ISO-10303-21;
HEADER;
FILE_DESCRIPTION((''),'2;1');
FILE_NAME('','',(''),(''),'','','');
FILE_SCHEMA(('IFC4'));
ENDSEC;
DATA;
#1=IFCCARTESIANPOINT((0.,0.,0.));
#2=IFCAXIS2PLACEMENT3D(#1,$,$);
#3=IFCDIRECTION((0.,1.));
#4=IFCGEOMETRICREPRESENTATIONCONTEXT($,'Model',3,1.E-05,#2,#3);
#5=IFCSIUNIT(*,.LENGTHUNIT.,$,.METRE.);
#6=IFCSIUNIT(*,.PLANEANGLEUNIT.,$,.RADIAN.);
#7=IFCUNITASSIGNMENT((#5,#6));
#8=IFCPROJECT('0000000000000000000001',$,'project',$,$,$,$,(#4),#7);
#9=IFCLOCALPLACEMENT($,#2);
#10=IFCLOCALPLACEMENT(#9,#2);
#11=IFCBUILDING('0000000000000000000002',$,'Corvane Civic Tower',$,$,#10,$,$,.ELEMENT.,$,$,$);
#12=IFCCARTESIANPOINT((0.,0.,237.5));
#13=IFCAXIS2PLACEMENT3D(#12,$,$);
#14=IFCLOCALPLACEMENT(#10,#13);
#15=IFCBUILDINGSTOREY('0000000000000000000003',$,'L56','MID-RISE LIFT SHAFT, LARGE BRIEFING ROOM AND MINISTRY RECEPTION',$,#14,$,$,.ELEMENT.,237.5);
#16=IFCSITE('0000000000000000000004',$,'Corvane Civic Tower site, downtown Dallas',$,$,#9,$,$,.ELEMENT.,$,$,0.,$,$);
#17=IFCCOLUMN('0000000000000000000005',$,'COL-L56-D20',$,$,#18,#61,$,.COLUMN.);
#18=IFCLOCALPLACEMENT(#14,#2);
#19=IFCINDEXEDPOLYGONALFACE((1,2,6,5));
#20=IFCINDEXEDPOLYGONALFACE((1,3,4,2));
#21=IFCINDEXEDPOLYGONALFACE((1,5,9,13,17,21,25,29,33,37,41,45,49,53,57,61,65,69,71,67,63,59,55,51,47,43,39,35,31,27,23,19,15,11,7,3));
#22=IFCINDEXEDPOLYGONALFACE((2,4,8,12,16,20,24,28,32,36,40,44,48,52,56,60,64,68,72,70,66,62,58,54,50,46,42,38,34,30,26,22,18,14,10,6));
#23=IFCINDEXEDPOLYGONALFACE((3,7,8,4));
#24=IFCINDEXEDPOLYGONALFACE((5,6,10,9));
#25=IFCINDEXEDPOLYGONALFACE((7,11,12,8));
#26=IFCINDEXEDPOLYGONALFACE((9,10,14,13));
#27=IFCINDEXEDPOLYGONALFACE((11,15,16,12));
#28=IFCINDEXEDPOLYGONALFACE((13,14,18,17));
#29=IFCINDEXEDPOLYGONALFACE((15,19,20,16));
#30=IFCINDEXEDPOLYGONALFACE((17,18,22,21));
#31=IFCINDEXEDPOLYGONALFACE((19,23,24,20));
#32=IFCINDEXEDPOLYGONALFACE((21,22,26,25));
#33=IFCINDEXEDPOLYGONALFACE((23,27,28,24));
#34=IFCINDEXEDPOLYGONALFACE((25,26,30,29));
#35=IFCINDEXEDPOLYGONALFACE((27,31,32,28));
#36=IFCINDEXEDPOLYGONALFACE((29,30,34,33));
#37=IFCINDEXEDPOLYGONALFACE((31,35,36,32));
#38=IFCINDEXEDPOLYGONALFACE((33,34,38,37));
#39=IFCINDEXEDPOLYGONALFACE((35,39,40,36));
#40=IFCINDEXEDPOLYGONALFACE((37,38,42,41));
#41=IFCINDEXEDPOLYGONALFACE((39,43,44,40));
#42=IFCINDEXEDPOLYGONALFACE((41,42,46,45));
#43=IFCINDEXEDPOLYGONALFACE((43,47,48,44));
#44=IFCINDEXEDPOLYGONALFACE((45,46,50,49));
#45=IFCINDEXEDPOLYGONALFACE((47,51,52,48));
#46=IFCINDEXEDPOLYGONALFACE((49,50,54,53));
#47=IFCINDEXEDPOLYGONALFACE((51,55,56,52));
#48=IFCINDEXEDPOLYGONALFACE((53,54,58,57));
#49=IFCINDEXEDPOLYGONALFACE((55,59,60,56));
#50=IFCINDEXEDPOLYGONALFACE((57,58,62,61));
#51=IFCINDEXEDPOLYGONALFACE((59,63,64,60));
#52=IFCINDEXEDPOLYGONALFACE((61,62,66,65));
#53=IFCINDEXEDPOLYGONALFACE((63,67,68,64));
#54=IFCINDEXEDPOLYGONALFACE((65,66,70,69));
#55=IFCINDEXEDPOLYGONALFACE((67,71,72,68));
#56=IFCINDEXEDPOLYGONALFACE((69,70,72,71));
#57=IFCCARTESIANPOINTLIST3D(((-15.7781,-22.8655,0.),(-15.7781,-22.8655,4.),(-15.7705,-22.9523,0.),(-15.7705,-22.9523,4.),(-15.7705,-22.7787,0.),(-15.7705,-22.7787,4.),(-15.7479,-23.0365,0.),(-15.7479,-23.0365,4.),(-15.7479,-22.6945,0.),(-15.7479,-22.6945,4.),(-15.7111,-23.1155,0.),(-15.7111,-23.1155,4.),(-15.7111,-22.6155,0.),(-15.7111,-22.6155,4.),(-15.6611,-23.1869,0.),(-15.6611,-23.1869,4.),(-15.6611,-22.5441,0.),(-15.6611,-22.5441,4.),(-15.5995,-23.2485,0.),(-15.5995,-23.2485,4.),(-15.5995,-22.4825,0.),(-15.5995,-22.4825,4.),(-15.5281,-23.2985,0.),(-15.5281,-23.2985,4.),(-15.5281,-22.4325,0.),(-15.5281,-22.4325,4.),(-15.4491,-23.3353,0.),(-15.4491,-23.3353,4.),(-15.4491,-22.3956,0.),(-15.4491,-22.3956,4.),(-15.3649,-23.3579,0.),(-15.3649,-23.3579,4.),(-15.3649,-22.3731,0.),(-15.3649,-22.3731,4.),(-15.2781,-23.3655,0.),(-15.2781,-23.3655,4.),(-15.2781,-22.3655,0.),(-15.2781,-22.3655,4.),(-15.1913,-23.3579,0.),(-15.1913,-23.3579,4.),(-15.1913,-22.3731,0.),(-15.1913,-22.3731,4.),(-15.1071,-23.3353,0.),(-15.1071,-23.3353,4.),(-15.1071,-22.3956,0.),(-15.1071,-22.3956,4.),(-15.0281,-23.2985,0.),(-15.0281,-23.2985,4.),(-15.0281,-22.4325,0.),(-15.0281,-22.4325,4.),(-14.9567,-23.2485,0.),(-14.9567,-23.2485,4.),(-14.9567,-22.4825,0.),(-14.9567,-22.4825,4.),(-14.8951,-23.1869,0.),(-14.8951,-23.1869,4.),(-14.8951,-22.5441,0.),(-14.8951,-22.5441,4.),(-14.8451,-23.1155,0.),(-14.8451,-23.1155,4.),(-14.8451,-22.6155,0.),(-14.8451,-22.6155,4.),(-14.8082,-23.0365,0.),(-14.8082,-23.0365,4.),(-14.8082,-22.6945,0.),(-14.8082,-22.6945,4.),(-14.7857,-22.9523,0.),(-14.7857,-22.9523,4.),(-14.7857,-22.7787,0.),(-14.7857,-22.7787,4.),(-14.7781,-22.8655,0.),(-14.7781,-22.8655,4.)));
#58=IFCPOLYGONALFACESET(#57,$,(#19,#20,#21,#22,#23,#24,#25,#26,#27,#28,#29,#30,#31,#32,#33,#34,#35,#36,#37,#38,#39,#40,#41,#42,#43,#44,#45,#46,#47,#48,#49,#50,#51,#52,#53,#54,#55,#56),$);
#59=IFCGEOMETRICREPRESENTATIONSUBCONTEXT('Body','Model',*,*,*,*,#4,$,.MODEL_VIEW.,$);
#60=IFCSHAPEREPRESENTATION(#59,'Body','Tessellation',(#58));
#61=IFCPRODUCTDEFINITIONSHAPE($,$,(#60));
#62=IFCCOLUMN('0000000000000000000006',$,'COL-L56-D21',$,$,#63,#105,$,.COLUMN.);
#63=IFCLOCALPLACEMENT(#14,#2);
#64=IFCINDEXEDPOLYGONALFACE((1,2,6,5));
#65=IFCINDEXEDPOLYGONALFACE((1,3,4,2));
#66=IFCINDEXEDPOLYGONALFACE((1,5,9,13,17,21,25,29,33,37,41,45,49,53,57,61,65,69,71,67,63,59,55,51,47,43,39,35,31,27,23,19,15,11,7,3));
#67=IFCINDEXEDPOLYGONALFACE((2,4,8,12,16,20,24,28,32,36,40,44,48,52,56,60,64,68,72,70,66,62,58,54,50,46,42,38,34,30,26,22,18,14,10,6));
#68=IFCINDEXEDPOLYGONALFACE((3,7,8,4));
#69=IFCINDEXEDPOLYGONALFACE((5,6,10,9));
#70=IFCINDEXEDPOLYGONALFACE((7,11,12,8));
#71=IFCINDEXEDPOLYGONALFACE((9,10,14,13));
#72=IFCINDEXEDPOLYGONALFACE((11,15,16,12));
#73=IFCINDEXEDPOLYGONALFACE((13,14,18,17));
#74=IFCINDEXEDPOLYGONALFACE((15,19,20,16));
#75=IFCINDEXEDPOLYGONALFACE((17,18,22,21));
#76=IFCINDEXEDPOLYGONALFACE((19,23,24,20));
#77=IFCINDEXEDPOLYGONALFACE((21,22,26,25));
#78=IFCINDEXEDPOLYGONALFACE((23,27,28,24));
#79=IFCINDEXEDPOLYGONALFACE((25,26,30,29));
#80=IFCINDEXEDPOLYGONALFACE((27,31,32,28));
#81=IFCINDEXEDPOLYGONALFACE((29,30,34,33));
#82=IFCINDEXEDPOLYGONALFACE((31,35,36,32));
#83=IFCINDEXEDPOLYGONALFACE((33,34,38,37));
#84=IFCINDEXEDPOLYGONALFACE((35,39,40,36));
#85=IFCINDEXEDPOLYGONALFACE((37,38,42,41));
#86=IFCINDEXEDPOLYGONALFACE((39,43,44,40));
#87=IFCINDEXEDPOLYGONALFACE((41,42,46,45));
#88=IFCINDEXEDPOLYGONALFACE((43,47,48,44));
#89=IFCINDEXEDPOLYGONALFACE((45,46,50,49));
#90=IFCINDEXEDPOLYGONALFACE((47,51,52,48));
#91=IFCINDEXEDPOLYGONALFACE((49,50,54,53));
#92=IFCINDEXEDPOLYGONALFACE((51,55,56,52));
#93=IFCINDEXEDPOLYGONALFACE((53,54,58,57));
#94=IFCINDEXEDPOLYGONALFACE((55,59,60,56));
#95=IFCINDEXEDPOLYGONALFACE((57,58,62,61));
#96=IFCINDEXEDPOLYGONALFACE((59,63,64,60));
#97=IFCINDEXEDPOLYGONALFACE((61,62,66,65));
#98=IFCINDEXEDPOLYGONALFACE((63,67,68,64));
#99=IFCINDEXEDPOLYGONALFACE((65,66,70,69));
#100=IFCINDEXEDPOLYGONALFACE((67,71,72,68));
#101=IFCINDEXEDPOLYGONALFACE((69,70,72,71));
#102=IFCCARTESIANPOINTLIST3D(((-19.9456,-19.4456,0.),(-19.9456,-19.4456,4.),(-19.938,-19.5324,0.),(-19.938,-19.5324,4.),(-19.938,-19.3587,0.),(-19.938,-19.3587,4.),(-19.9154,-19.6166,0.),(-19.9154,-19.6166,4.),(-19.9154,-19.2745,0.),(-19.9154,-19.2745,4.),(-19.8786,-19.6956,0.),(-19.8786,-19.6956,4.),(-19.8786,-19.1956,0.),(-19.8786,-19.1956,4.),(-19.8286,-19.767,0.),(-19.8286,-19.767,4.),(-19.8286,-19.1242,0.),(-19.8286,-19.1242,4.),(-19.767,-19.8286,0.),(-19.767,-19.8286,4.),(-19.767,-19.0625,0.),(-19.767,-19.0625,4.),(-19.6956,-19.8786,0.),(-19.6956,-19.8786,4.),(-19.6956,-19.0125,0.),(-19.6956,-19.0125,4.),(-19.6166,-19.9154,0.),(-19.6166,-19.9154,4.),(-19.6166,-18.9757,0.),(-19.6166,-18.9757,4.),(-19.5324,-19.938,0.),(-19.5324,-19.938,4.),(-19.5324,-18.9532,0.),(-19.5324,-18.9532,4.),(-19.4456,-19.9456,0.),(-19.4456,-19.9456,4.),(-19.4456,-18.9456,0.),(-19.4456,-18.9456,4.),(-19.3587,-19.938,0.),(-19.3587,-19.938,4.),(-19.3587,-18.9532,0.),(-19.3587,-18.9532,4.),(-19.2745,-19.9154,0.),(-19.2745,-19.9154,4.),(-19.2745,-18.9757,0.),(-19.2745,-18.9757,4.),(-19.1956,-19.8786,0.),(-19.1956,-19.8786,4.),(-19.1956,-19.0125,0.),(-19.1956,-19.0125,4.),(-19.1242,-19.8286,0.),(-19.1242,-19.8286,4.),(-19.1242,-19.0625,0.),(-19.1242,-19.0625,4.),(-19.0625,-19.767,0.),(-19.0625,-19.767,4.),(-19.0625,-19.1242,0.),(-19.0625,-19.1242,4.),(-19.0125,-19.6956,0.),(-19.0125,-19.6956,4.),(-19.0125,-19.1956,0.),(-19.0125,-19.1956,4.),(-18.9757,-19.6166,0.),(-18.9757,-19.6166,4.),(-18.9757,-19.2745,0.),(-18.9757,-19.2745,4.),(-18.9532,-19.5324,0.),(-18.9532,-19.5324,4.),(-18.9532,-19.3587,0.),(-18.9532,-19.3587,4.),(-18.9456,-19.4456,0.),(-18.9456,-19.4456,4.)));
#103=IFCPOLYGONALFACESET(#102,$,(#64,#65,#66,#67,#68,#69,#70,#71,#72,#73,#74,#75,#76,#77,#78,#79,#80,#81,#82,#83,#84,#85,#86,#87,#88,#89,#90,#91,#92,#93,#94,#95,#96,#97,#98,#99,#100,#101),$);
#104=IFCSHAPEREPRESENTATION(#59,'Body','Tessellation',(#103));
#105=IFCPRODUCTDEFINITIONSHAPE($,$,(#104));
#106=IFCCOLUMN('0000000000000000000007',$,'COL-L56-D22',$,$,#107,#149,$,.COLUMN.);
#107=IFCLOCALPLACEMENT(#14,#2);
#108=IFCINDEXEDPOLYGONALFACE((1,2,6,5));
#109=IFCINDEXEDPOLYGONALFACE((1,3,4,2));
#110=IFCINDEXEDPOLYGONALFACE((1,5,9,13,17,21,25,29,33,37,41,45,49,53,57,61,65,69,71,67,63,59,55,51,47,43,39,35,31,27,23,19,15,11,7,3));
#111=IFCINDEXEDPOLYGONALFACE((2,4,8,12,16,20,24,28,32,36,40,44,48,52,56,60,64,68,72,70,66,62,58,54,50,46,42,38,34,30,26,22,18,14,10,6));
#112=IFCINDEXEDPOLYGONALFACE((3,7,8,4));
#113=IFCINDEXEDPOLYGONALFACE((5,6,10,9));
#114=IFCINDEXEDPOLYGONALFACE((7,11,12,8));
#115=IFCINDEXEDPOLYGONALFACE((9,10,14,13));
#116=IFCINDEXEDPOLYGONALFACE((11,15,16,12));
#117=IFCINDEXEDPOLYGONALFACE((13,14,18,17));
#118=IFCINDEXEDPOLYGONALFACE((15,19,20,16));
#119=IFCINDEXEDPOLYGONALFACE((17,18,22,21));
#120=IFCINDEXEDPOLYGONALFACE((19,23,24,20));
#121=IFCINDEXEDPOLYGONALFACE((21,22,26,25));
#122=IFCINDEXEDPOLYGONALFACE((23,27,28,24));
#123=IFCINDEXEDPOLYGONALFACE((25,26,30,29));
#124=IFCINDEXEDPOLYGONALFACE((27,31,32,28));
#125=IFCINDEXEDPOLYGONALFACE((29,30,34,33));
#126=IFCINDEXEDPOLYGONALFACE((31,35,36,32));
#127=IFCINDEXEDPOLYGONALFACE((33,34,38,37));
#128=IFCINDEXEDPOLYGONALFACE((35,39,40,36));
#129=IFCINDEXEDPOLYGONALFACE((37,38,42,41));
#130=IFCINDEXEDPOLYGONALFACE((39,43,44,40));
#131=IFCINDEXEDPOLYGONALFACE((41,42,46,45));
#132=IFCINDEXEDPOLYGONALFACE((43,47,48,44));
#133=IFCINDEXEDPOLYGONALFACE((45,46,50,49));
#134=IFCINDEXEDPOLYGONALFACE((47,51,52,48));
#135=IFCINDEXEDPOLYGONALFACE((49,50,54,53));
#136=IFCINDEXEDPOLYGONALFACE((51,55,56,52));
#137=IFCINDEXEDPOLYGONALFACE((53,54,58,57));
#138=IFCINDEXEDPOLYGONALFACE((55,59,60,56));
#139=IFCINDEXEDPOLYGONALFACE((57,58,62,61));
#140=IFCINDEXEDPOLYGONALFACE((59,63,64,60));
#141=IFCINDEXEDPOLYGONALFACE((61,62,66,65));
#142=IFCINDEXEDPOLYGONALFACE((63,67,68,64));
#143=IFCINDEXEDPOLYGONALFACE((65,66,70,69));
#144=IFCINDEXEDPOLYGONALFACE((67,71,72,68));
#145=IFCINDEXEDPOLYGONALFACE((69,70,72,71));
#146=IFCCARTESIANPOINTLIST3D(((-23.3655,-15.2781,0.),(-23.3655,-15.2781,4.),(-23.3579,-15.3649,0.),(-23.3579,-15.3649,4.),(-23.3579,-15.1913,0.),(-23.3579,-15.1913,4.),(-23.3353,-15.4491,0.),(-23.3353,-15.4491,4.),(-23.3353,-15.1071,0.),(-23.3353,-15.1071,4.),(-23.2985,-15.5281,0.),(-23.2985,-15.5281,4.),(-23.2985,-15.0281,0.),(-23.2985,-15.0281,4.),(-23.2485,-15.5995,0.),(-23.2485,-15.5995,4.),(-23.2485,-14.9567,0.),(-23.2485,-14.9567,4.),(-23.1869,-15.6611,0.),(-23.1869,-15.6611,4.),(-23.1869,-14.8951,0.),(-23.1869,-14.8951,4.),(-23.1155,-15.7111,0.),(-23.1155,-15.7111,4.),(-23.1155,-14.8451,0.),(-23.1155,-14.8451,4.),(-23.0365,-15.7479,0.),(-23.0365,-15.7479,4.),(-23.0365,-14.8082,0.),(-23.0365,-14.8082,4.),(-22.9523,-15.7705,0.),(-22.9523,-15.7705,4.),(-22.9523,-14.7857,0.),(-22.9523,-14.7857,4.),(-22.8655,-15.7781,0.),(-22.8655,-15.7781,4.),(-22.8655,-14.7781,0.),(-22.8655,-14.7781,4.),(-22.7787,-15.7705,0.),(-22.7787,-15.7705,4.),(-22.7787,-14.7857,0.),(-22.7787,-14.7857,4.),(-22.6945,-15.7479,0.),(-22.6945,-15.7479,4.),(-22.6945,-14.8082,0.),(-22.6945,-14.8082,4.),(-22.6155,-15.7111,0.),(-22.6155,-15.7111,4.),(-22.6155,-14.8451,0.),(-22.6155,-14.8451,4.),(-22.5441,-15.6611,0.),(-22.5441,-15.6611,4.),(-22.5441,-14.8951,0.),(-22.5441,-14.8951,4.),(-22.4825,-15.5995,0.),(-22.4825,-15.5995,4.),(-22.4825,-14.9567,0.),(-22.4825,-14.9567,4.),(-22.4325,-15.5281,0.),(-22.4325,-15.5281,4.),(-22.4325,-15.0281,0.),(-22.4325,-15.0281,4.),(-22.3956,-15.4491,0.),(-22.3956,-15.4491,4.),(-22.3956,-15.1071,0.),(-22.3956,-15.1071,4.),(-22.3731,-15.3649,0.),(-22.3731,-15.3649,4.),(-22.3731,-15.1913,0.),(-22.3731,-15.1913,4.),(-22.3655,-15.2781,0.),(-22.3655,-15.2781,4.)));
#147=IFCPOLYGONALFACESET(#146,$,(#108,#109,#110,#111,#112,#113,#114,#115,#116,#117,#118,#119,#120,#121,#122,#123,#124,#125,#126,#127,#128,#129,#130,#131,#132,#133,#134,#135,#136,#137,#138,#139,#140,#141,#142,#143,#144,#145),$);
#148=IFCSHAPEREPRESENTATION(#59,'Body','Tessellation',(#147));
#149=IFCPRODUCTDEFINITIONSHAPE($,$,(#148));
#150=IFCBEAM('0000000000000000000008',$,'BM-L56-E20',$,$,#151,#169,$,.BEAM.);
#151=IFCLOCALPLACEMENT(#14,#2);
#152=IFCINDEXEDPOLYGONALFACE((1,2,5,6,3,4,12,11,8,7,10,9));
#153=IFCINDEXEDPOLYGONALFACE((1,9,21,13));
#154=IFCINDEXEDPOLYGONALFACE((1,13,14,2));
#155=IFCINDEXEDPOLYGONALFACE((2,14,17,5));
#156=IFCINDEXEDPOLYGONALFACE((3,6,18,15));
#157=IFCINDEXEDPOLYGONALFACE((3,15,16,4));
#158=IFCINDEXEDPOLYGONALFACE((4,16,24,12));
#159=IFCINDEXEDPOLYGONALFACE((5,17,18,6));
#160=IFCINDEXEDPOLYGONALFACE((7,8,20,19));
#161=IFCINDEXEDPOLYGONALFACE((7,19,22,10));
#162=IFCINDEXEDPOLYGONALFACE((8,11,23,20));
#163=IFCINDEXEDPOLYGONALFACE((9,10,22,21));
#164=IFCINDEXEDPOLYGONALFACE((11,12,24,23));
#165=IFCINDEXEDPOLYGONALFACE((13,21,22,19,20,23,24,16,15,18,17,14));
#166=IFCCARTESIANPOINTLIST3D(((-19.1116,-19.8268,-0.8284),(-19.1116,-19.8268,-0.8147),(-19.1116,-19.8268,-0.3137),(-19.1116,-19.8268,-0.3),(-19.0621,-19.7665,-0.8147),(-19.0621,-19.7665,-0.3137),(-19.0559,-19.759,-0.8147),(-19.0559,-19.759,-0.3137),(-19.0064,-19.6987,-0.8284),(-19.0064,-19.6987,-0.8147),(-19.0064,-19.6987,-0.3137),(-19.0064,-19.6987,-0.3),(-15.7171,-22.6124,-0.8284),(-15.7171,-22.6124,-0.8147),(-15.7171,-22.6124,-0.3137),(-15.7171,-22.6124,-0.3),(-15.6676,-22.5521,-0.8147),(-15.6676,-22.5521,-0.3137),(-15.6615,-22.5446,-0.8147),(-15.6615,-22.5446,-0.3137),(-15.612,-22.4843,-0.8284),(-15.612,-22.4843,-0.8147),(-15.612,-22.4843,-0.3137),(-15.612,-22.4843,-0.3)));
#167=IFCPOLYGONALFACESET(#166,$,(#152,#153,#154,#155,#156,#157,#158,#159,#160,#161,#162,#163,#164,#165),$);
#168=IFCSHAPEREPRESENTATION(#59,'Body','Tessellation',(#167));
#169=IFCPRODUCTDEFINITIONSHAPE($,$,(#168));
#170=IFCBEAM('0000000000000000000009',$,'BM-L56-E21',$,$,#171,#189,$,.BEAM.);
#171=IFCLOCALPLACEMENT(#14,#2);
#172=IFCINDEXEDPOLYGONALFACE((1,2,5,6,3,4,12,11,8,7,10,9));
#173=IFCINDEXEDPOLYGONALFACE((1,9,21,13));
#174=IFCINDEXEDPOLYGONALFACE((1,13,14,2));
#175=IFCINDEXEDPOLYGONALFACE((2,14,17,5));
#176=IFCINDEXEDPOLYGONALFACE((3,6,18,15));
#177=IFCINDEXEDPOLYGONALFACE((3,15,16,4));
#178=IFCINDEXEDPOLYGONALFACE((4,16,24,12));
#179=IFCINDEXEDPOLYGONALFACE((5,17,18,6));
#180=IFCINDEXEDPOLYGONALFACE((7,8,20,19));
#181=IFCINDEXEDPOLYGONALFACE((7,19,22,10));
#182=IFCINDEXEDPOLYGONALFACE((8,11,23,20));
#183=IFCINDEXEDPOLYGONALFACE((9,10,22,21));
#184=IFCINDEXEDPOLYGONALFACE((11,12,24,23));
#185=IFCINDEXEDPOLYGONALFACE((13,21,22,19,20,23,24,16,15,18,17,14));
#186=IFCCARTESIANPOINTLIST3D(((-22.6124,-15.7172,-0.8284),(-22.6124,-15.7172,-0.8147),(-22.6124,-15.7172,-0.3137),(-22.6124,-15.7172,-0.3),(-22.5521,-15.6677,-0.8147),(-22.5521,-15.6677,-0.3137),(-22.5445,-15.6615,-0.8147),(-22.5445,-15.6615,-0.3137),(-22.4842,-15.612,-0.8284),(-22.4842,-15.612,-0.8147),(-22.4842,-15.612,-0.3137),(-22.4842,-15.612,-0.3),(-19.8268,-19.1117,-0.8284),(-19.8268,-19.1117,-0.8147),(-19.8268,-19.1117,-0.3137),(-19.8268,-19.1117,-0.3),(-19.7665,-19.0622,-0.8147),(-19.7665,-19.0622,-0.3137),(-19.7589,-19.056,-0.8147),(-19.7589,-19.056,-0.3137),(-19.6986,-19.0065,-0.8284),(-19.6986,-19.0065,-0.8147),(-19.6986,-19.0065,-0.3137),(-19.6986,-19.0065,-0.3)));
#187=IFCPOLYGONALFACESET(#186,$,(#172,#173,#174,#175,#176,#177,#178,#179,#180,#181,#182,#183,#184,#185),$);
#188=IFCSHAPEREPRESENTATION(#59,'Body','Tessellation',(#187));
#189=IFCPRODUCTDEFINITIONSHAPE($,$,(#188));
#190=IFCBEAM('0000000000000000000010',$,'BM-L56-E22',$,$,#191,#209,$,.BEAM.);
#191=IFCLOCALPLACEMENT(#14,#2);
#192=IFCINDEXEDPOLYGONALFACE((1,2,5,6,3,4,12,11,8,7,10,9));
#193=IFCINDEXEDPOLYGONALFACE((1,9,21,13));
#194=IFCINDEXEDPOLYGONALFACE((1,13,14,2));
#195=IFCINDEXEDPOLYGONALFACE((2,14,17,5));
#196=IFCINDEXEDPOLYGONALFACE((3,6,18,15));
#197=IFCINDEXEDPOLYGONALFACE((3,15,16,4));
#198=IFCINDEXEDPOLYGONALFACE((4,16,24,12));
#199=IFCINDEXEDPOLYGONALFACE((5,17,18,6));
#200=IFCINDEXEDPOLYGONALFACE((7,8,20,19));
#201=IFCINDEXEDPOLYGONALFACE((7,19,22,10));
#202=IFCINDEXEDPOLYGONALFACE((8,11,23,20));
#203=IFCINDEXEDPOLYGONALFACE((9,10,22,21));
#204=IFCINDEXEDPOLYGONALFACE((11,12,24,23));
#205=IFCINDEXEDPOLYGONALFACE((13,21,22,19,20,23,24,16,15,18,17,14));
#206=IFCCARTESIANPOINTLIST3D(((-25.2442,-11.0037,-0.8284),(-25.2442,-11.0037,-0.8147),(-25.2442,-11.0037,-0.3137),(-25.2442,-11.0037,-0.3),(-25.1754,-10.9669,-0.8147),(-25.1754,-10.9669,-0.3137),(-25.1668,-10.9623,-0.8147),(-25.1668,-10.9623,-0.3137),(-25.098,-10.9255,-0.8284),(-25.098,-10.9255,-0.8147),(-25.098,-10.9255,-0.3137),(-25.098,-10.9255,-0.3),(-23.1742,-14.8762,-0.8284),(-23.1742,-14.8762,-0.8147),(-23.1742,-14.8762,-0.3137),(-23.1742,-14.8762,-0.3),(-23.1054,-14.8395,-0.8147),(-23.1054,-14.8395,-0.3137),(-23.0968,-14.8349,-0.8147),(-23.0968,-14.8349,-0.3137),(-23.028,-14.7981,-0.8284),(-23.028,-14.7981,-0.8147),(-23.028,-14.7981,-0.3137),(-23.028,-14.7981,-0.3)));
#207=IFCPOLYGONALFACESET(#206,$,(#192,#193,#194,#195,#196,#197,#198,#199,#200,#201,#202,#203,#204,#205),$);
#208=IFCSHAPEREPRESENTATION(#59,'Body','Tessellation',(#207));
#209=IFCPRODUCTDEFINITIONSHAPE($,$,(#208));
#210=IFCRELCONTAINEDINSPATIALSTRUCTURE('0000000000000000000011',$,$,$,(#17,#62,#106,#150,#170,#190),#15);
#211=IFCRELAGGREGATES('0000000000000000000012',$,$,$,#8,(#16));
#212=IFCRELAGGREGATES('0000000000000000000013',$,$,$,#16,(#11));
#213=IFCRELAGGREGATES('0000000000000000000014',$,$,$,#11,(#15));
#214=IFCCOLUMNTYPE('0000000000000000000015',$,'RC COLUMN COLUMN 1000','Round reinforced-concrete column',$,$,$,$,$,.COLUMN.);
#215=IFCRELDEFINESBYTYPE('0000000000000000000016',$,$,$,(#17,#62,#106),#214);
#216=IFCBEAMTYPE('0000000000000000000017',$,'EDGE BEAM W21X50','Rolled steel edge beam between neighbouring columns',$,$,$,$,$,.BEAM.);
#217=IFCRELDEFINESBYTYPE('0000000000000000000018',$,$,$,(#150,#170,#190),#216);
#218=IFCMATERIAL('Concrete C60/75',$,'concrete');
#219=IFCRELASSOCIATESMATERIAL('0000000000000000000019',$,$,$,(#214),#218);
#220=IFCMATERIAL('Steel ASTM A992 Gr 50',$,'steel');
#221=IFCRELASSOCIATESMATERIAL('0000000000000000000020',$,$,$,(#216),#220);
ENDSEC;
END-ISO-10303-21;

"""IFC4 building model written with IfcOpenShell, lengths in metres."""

from ifc_helpers import new_model, si_unit, direction, frame, origin, origin_2d, place, context, subcontext, project, spatial, circle, i_section, extrude, material, material_profile, profile_set, type_object, element, save


model = new_model("IFC4")

# Units and contexts
model_context = context("Model", 3, precision=1e-05, world=origin(), true_north=direction((0.0, 1.0)))
body_context = subcontext(model_context, "Body", "Model", "MODEL_VIEW")
ifc_project = project(units=[si_unit("LENGTHUNIT", "METRE"), si_unit("PLANEANGLEUNIT", "RADIAN")], contexts=[model_context])

# Site, building, storey
site_placement = place(None, origin())
site = spatial("IfcSite", under=ifc_project, at=site_placement, Name="Corvane Civic Tower site, downtown Dallas", CompositionType="ELEMENT", RefElevation=0.0)
building_placement = place(site_placement, origin())
building = spatial("IfcBuilding", under=site, at=building_placement, Name="Corvane Civic Tower", CompositionType="ELEMENT")
storey_placement = place(building_placement, frame((0.0, 0.0, 237.5)))
storey = spatial("IfcBuildingStorey", under=building, at=storey_placement, Name="L56", Description="MID-RISE LIFT SHAFT, LARGE BRIEFING ROOM AND MINISTRY RECEPTION", CompositionType="ELEMENT", Elevation=237.5)

# Columns
ifc_material_1 = material(Name="Concrete C60/75", Category="concrete")
ifc_material_profile_1 = material_profile(ifc_material_1, circle(Radius=0.5, at=origin_2d()), Name="COLUMN 1000")
ifc_profile_set_1 = profile_set([ifc_material_profile_1], Name="Concrete C60/75")
column_type = type_object("IfcColumnType", Name="RC COLUMN COLUMN 1000", Description="Round reinforced-concrete column", PredefinedType="COLUMN", material=ifc_profile_set_1)
for number, where, z_axis, x_axis, name in (
    (1, (-15.2781, -22.8655, 0.0), (0.0, 0.0, 1.0), (1.0, 0.0, 0.0), "COL-L56-D20"),
    (2, (-19.4456, -19.4456, 0.0), (0.0, 0.0, 1.0), (1.0, 0.0, 0.0), "COL-L56-D21"),
    (3, (-22.8655, -15.2781, 0.0), (0.0, 0.0, 1.0), (1.0, 0.0, 0.0), "COL-L56-D22"),
):
    element("IfcColumn", number, at=place(storey_placement, frame(where, z_axis=z_axis, x_axis=x_axis)), inside=storey, type_object=column_type, Name=name, PredefinedType="COLUMN", context=body_context, shape_type="SweptSolid", body=[
        extrude(circle(Radius=0.5, at=origin_2d()), origin(), (0.0, 0.0, 1.0), 4.0),
    ])

# Beams
ifc_material_2 = material(Name="Steel ASTM A992 Gr 50", Category="steel")
ifc_material_profile_2 = material_profile(ifc_material_2, i_section(OverallWidth=0.1658, OverallDepth=0.5283, WebThickness=0.0098, FlangeThickness=0.0137, at=origin_2d()), Name="W21X50")
ifc_profile_set_2 = profile_set([ifc_material_profile_2], Name="Steel ASTM A992 Gr 50")
beam_type_1 = type_object("IfcBeamType", Name="EDGE BEAM W21X50", Description="Rolled steel edge beam between neighbouring columns", PredefinedType="BEAM", material=ifc_profile_set_2)
for number, where, z_axis, x_axis, name in (
    (4, (-15.6646, -22.5483, -0.5642), (-0.77303, 0.634369, 0.0), (-0.634369, -0.77303, 0.0), "BM-L56-E20"),
    (5, (-19.7627, -19.0591, -0.5642), (-0.634369, 0.77303, 0.0), (-0.77303, -0.634369, 0.0), "BM-L56-E21"),
    (6, (-23.1011, -14.8372, -0.5642), (-0.471422, 0.881908, 0.0), (-0.881908, -0.471422, 0.0), "BM-L56-E22"),
):
    element("IfcBeam", number, at=place(storey_placement, frame(where, z_axis=z_axis, x_axis=x_axis)), inside=storey, type_object=beam_type_1, Name=name, PredefinedType="BEAM", context=body_context, shape_type="SweptSolid", body=[
        extrude(i_section(OverallWidth=0.1658, OverallDepth=0.5283, WebThickness=0.0098, FlangeThickness=0.0137, at=origin_2d()), origin(), (0.0, 0.0, 1.0), 4.3911),
    ])

save(model, "model.ifc")
